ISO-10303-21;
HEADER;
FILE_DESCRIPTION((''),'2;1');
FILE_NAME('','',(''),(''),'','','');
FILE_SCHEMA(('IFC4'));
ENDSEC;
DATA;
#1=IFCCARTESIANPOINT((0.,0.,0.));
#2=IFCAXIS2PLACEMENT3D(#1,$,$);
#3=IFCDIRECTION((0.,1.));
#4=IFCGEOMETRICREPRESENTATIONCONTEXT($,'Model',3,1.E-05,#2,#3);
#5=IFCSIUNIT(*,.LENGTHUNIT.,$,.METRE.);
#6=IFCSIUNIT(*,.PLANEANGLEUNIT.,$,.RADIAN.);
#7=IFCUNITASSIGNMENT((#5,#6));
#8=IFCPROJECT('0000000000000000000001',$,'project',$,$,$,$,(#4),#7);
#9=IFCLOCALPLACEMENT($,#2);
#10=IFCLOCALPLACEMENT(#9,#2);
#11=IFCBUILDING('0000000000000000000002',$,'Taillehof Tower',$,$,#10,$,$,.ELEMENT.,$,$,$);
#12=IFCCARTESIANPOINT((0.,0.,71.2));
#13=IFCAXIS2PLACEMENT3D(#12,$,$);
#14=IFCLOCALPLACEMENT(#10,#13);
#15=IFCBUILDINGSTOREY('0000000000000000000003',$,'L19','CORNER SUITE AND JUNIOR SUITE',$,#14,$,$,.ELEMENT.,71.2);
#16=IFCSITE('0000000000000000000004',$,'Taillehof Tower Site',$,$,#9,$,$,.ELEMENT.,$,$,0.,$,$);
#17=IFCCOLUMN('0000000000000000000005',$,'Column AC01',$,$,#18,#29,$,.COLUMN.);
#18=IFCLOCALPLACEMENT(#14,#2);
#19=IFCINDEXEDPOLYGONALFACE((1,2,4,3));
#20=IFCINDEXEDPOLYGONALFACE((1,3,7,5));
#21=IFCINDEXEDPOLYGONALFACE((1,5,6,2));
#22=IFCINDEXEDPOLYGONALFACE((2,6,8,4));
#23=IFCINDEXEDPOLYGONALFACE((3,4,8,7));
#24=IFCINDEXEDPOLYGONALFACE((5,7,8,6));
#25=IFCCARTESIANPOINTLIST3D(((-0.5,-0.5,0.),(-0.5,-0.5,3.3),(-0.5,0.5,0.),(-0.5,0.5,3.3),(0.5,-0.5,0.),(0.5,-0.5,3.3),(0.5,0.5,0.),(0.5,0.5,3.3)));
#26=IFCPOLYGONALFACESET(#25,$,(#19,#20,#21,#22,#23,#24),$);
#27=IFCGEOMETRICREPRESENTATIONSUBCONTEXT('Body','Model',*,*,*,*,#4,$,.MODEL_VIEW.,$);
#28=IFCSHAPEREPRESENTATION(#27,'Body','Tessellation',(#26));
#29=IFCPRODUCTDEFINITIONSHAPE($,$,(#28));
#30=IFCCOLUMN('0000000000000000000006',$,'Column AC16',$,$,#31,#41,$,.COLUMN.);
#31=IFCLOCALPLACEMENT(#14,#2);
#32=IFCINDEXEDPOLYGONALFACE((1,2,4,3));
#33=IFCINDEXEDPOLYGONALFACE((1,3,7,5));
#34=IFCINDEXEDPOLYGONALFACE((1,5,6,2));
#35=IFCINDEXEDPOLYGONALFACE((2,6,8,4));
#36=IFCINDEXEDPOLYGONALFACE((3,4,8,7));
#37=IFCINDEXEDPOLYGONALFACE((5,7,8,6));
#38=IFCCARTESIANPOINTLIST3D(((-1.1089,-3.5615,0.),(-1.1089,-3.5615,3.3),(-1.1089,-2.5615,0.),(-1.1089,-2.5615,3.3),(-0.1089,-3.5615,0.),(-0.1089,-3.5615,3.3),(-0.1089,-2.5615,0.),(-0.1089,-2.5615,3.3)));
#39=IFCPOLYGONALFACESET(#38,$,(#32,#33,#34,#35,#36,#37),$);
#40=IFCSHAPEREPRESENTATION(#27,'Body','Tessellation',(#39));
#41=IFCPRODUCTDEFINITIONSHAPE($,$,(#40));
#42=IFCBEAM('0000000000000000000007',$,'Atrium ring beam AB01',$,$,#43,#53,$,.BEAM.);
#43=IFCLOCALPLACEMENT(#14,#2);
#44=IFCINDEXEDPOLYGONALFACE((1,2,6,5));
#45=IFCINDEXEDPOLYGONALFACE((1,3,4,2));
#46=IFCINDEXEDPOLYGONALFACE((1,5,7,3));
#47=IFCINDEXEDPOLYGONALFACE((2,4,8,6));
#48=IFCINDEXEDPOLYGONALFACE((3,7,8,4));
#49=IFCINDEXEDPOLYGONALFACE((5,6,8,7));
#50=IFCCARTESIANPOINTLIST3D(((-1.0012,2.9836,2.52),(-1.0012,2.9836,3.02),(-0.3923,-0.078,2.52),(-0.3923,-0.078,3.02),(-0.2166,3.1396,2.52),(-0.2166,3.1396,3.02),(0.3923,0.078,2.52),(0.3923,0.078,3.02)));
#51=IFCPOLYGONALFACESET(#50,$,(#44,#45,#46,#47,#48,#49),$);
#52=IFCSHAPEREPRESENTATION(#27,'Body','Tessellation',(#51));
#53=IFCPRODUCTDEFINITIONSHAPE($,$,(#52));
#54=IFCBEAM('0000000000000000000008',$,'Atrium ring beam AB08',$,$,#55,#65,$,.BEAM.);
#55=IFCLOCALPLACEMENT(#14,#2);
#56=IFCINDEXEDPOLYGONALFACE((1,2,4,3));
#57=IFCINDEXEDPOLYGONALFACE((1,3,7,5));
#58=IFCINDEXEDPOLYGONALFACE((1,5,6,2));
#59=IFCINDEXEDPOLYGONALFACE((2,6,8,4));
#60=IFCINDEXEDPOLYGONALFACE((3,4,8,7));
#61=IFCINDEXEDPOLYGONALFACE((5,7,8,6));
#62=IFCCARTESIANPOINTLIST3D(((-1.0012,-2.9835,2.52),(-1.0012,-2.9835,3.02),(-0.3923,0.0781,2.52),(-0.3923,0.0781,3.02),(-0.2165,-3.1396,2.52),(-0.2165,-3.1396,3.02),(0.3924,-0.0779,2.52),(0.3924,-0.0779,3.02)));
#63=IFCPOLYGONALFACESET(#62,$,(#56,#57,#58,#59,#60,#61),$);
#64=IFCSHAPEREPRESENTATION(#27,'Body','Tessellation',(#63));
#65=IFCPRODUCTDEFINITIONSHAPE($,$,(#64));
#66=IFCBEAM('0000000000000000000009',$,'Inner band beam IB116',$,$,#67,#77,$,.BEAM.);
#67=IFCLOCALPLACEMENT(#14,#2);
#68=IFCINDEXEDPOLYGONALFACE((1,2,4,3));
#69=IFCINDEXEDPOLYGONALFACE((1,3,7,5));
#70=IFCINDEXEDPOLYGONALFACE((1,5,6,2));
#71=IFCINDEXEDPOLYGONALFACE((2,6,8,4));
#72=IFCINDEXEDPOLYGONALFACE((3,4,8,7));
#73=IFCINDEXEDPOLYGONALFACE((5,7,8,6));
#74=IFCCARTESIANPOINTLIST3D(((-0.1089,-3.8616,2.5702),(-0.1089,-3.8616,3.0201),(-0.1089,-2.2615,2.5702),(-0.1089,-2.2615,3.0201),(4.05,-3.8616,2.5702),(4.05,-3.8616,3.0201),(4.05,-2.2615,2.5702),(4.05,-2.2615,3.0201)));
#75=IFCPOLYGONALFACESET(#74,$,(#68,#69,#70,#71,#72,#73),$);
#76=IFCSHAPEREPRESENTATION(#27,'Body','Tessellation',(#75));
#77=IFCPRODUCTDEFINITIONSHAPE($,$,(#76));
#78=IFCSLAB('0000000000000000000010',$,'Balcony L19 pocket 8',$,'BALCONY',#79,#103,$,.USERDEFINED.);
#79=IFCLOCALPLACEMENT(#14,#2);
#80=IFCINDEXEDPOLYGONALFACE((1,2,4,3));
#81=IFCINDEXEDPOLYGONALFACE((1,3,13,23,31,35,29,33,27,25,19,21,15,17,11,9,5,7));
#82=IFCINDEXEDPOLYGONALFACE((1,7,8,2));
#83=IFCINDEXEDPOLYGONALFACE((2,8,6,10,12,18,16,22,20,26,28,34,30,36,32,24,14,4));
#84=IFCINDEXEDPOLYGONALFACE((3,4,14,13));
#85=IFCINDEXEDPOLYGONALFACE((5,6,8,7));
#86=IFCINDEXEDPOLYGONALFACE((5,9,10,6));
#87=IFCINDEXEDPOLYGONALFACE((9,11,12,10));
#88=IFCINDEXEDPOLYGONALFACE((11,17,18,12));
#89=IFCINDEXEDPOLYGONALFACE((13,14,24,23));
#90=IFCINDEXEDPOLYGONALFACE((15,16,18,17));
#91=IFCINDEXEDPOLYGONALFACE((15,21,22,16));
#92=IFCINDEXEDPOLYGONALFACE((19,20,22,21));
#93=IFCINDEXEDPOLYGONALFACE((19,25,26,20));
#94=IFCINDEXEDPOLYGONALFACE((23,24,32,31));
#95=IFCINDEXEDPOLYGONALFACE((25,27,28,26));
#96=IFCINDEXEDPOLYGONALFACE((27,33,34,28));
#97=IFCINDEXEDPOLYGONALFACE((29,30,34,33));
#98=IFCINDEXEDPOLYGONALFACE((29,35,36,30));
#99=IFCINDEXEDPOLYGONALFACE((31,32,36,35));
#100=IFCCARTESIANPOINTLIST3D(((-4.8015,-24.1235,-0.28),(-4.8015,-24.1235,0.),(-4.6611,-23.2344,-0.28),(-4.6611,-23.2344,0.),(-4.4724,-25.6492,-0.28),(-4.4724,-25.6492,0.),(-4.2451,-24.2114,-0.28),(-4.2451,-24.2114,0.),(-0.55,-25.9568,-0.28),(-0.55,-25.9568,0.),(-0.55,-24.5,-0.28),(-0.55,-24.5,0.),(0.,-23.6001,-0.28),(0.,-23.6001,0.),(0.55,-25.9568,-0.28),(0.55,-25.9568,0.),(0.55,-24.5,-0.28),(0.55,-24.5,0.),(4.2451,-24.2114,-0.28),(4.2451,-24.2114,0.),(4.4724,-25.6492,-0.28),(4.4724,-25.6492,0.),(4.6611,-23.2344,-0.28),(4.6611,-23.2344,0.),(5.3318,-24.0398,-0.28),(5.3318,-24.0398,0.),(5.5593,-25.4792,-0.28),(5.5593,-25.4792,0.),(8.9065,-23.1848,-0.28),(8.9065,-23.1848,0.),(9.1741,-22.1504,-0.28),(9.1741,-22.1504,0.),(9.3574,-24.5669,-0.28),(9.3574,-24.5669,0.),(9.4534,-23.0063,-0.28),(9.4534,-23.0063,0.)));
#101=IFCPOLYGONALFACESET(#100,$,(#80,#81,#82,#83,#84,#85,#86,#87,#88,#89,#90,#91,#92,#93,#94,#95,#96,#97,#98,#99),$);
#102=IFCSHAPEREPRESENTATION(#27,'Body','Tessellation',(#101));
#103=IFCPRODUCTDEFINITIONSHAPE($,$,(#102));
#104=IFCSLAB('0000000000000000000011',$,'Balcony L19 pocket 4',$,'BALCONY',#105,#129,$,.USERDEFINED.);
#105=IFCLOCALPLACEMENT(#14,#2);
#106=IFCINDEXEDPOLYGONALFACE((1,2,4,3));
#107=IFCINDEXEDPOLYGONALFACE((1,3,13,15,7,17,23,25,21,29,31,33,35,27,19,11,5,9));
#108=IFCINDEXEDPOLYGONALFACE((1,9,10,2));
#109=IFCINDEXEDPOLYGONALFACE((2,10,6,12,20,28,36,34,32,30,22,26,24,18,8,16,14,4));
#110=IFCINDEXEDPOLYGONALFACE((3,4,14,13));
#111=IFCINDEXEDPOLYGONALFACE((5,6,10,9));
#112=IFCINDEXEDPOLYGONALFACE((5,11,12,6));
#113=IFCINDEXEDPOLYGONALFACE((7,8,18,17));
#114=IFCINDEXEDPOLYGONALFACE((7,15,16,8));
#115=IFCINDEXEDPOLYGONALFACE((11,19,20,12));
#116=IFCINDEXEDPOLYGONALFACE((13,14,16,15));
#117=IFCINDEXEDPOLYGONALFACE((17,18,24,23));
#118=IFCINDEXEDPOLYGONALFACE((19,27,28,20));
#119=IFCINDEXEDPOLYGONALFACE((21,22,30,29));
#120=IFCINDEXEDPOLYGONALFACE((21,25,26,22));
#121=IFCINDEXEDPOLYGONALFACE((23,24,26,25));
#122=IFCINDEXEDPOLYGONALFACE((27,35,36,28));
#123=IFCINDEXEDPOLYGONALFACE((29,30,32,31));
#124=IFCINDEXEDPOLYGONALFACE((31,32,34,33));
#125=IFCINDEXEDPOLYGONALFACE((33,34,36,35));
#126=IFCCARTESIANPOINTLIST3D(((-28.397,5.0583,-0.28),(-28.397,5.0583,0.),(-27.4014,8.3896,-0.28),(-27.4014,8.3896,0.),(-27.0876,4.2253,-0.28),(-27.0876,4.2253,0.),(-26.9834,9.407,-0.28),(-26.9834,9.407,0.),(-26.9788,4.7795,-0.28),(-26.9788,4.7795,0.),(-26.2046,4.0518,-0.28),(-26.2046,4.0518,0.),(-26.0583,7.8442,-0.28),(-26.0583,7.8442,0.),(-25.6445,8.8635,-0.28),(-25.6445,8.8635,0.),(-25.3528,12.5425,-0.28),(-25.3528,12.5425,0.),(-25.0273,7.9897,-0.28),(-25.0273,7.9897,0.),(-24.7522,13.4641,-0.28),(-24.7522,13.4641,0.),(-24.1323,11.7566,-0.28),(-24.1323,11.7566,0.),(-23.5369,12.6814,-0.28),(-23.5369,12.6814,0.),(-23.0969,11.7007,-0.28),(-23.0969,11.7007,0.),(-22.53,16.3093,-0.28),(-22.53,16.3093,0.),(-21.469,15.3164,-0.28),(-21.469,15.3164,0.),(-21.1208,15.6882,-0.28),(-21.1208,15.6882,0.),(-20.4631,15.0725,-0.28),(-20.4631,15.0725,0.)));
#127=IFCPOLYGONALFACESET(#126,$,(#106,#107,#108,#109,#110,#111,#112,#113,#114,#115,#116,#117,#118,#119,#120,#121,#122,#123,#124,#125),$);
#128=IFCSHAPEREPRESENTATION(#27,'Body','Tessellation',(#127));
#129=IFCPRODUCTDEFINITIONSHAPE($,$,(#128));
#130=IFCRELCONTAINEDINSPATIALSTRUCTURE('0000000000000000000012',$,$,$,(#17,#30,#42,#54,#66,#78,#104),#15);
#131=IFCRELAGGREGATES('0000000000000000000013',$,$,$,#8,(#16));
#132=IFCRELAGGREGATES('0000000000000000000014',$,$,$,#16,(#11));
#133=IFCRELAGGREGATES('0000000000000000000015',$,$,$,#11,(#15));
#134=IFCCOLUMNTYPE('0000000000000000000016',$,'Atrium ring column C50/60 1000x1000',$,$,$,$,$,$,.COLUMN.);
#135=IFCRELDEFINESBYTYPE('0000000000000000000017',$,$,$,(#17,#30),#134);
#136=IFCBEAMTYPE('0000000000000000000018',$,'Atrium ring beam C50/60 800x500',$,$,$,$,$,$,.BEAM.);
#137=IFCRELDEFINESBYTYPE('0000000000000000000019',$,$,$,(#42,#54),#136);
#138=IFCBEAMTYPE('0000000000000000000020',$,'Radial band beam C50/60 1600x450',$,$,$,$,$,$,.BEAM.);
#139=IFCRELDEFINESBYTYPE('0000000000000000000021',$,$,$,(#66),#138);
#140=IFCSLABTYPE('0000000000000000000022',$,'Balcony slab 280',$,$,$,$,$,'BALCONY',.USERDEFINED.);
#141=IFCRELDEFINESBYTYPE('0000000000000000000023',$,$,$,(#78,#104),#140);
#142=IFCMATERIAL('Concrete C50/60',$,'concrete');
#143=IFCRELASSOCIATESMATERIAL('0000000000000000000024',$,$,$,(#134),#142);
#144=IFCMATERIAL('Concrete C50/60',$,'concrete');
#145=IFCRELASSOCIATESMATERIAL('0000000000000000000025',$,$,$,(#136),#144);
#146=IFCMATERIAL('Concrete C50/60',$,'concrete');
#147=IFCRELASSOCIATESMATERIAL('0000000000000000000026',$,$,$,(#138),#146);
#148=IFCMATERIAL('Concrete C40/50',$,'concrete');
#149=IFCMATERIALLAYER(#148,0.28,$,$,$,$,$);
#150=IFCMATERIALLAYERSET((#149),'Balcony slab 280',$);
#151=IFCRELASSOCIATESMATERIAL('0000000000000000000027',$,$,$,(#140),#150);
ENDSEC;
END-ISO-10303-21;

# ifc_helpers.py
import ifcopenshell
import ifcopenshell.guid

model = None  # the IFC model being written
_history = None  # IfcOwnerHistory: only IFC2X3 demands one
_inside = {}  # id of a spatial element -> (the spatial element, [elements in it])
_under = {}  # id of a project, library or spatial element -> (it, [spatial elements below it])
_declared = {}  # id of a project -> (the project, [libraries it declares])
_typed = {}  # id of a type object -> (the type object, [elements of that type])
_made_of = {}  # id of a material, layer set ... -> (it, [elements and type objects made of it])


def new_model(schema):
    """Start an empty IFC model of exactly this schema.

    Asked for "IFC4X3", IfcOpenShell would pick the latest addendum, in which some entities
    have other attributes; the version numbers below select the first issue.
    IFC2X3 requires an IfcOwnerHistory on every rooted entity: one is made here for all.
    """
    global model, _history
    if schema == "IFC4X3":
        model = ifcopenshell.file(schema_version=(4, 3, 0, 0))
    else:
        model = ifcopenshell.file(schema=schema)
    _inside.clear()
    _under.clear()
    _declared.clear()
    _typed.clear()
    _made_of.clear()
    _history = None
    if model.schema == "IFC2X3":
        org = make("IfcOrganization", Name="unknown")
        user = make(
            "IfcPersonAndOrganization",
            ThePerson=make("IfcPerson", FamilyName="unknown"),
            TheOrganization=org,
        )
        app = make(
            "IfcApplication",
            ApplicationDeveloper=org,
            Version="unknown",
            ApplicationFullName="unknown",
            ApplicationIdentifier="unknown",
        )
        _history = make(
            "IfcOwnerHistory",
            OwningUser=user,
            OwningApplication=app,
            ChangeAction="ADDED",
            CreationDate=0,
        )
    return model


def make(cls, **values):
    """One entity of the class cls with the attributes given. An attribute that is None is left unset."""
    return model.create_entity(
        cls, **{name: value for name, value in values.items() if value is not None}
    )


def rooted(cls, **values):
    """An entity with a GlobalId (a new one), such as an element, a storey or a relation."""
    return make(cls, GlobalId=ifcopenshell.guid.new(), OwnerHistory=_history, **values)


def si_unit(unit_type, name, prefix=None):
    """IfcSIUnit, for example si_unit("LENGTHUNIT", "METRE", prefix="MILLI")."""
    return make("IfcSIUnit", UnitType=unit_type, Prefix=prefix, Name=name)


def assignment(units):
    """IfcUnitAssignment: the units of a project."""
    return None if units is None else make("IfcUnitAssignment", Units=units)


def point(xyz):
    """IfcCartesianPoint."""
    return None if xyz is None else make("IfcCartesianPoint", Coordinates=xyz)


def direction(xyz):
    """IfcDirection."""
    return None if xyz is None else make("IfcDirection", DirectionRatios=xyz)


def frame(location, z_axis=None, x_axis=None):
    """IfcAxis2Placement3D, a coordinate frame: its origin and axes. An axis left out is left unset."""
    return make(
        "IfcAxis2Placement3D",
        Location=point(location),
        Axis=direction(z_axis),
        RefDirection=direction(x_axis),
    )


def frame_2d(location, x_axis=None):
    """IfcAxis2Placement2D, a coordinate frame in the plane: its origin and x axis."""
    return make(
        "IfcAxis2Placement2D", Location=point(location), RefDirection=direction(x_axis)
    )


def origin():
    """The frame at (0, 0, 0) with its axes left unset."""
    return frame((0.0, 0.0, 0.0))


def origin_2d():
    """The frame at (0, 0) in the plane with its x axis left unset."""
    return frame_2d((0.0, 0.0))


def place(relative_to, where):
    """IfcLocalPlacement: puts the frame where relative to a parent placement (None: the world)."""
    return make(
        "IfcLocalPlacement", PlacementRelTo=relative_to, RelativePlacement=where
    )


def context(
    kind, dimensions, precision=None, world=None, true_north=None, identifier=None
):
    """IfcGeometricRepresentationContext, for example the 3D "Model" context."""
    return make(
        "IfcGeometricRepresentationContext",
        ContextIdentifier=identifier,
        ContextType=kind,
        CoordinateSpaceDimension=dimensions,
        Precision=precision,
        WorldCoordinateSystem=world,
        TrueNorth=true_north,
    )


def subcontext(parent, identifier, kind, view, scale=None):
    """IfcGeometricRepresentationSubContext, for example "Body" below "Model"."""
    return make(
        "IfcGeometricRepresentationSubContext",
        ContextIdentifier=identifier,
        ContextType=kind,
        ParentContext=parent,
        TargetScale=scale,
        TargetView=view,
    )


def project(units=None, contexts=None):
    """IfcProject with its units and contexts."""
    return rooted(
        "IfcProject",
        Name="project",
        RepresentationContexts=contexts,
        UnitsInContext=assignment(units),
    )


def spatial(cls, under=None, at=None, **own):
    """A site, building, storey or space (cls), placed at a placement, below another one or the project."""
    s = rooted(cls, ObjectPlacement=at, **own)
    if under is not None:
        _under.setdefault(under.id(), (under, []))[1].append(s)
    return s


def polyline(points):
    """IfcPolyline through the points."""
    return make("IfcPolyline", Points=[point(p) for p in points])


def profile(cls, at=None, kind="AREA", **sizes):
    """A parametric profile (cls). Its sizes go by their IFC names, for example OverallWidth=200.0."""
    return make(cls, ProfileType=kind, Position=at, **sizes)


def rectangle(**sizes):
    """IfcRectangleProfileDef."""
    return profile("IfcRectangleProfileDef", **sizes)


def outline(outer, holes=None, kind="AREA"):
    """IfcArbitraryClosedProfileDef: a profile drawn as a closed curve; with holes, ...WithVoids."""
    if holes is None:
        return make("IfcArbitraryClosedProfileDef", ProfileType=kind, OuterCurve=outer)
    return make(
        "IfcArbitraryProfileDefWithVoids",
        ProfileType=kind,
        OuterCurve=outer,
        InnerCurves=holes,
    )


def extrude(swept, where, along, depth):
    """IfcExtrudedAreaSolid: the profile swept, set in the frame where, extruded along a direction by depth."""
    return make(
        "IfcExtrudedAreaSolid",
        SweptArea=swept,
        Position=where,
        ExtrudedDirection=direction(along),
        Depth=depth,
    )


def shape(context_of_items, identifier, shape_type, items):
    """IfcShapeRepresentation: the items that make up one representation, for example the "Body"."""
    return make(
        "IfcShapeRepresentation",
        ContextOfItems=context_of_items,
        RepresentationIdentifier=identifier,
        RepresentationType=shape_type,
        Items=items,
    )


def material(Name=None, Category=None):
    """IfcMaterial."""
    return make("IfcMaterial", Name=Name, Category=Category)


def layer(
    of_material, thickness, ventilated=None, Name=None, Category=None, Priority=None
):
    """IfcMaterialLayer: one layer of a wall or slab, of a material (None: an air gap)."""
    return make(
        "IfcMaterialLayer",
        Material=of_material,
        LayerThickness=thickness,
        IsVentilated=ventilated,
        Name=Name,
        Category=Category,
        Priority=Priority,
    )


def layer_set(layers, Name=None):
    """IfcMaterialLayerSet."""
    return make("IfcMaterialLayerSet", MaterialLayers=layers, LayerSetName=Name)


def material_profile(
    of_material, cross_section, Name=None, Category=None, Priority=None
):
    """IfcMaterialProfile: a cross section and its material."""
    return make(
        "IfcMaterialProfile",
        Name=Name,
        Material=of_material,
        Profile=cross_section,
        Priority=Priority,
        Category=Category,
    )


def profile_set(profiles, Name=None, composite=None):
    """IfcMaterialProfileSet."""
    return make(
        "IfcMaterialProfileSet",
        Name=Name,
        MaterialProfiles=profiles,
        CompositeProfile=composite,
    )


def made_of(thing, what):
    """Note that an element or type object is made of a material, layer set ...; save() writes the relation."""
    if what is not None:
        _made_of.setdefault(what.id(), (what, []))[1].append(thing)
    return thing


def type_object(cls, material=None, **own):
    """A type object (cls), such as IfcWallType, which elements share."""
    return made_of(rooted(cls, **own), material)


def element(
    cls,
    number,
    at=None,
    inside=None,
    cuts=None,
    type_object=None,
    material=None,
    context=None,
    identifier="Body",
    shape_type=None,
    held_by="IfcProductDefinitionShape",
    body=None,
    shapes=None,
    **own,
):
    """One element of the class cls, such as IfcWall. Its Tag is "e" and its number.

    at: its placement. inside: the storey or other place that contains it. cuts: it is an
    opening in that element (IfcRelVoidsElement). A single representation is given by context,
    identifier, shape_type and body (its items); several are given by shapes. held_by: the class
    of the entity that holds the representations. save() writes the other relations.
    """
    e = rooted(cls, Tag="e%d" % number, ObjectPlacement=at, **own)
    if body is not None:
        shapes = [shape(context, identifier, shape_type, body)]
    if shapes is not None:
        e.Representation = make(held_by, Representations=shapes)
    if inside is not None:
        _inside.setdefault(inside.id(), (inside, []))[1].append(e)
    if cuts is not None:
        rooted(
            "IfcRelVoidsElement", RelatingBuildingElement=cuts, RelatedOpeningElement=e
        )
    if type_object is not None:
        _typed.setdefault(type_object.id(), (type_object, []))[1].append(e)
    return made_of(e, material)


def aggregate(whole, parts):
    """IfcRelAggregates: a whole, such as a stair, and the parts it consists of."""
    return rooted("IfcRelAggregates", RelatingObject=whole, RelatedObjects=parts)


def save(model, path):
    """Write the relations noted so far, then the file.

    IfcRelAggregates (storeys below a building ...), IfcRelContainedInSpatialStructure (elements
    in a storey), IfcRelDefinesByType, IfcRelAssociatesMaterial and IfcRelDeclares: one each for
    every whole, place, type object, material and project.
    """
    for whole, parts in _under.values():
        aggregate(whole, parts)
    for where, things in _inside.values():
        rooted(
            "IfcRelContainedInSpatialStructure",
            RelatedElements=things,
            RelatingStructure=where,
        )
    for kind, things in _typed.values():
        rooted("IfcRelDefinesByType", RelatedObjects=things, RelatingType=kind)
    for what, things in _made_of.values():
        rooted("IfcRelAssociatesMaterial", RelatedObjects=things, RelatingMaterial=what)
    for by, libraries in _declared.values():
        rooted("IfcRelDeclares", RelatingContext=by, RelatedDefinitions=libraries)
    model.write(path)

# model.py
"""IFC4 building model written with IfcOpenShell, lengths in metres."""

from ifc_helpers import new_model, si_unit, direction, frame, origin, origin_2d, place, context, subcontext, project, spatial, polyline, rectangle, outline, extrude, material, layer, layer_set, material_profile, profile_set, type_object, element, save


model = new_model("IFC4")

# Units and contexts
model_context = context("Model", 3, precision=1e-05, world=origin(), true_north=direction((0.0, 1.0)))
body_context = subcontext(model_context, "Body", "Model", "MODEL_VIEW")
ifc_project = project(units=[si_unit("LENGTHUNIT", "METRE"), si_unit("PLANEANGLEUNIT", "RADIAN")], contexts=[model_context])

# Site, building, storey
site_placement = place(None, origin())
site = spatial("IfcSite", under=ifc_project, at=site_placement, Name="Taillehof Tower Site", CompositionType="ELEMENT", RefElevation=0.0)
building_placement = place(site_placement, origin())
building = spatial("IfcBuilding", under=site, at=building_placement, Name="Taillehof Tower", CompositionType="ELEMENT")
storey_placement = place(building_placement, frame((0.0, 0.0, 71.2)))
storey = spatial("IfcBuildingStorey", under=building, at=storey_placement, Name="L19", Description="CORNER SUITE AND JUNIOR SUITE", CompositionType="ELEMENT", Elevation=71.2)

# Columns
ifc_material_1 = material(Name="Concrete C50/60", Category="concrete")
ifc_material_profile_1 = material_profile(ifc_material_1, rectangle(XDim=1.0, YDim=1.0, at=origin_2d()), Name="RC 1000x1000")
ifc_profile_set_1 = profile_set([ifc_material_profile_1], Name="Concrete C50/60")
column_type = type_object("IfcColumnType", Name="Atrium ring column C50/60 1000x1000", PredefinedType="COLUMN", material=ifc_profile_set_1)
for number, where, z_axis, x_axis, name in (
    (1, (0.0, 0.0, 0.0), (0.0, 0.0, 1.0), (1.0, 0.0, 0.0), "Column AC01"),
    (2, (-0.6089, -3.0615, 0.0), (0.0, 0.0, 1.0), (1.0, 0.0, 0.0), "Column AC16"),
):
    element("IfcColumn", number, at=place(storey_placement, frame(where, z_axis=z_axis, x_axis=x_axis)), inside=storey, type_object=column_type, Name=name, PredefinedType="COLUMN", context=body_context, shape_type="SweptSolid", body=[
        extrude(rectangle(XDim=1.0, YDim=1.0, at=origin_2d()), origin(), (0.0, 0.0, 1.0), 3.3),
    ])

# Beams
ifc_material_2 = material(Name="Concrete C50/60", Category="concrete")
ifc_material_profile_2 = material_profile(ifc_material_2, rectangle(XDim=0.8, YDim=0.5, at=origin_2d()), Name="RC 800x500")
ifc_profile_set_2 = profile_set([ifc_material_profile_2], Name="Concrete C50/60")
beam_type_1 = type_object("IfcBeamType", Name="Atrium ring beam C50/60 800x500", PredefinedType="BEAM", material=ifc_profile_set_2)
for number, where, z_axis, x_axis, name in (
    (3, (0.0, 0.0, 2.77), (-0.195063, 0.980791, 0.0), (-0.980791, -0.195063, 0.0), "Atrium ring beam AB01"),
    (4, (-0.6089, -3.0615, 2.77), (0.195063, 0.980791, 0.0), (-0.980791, 0.195063, 0.0), "Atrium ring beam AB08"),
):
    element("IfcBeam", number, at=place(storey_placement, frame(where, z_axis=z_axis, x_axis=x_axis)), inside=storey, type_object=beam_type_1, Name=name, PredefinedType="BEAM", context=body_context, shape_type="SweptSolid", body=[
        extrude(rectangle(XDim=0.8, YDim=0.5, at=origin_2d()), origin(), (0.0, 0.0, 1.0), 3.1216),
    ])
ifc_material_3 = material(Name="Concrete C50/60", Category="concrete")
ifc_material_profile_3 = material_profile(ifc_material_3, rectangle(XDim=1.6001, YDim=0.45, at=origin_2d()), Name="RC 1600x450")
ifc_profile_set_3 = profile_set([ifc_material_profile_3], Name="Concrete C50/60")
beam_type_2 = type_object("IfcBeamType", Name="Radial band beam C50/60 1600x450", PredefinedType="BEAM", material=ifc_profile_set_3)
beam_placement = place(storey_placement, frame((-0.1089, -3.0615, 2.7952), z_axis=(1.0, 0.0, 0.0), x_axis=(0.0, 1.0, 0.0)))
element("IfcBeam", 5, at=beam_placement, inside=storey, type_object=beam_type_2, Name="Inner band beam IB116", PredefinedType="BEAM", context=body_context, shape_type="SweptSolid", body=[
    extrude(rectangle(XDim=1.6001, YDim=0.45, at=origin_2d()), origin(), (0.0, 0.0, 1.0), 4.1589),
])

# Slabs
ifc_material_4 = material(Name="Concrete C40/50", Category="concrete")
ifc_layer_1 = layer(ifc_material_4, 0.28)
ifc_layer_set_1 = layer_set([ifc_layer_1], Name="Balcony slab 280")
slab_type_1 = type_object("IfcSlabType", Name="Balcony slab 280", ElementType="BALCONY", PredefinedType="USERDEFINED", material=ifc_layer_set_1)
slab_1_placement = place(storey_placement, frame((0.0, 0.0, -0.28)))
element("IfcSlab", 6, at=slab_1_placement, inside=storey, type_object=slab_type_1, Name="Balcony L19 pocket 8", ObjectType="BALCONY", PredefinedType="USERDEFINED", context=body_context, shape_type="SweptSolid", body=[
    extrude(outline(polyline([(9.1741, -22.1504), (9.4534, -23.0063), (8.9065, -23.1848), (9.3574, -24.5669), (5.5593, -25.4792), (5.3318, -24.0398), (4.2451, -24.2114), (4.4724, -25.6492), (0.55, -25.9568), (0.55, -24.5), (-0.55, -24.5), (-0.55, -25.9568), (-4.4724, -25.6492), (-4.2451, -24.2114), (-4.8015, -24.1235), (-4.6611, -23.2344), (0.0, -23.6001), (4.6611, -23.2344), (9.1741, -22.1504)])), origin(), (0.0, 0.0, 1.0), 0.28),
])
slab_2_placement = place(storey_placement, frame((0.0, 0.0, -0.28)))
element("IfcSlab", 7, at=slab_2_placement, inside=storey, type_object=slab_type_1, Name="Balcony L19 pocket 4", ObjectType="BALCONY", PredefinedType="USERDEFINED", context=body_context, shape_type="SweptSolid", body=[
    extrude(outline(polyline([(-26.2046, 4.0518), (-27.0876, 4.2253), (-26.9788, 4.7795), (-28.397, 5.0583), (-27.4014, 8.3896), (-26.0583, 7.8442), (-25.6445, 8.8635), (-26.9834, 9.407), (-25.3528, 12.5425), (-24.1323, 11.7566), (-23.5369, 12.6814), (-24.7522, 13.4641), (-22.53, 16.3093), (-21.469, 15.3164), (-21.1208, 15.6882), (-20.4631, 15.0725), (-23.0969, 11.7007), (-25.0273, 7.9897), (-26.2046, 4.0518)])), origin(), (0.0, 0.0, 1.0), 0.28),
])

save(model, "model.ifc")
